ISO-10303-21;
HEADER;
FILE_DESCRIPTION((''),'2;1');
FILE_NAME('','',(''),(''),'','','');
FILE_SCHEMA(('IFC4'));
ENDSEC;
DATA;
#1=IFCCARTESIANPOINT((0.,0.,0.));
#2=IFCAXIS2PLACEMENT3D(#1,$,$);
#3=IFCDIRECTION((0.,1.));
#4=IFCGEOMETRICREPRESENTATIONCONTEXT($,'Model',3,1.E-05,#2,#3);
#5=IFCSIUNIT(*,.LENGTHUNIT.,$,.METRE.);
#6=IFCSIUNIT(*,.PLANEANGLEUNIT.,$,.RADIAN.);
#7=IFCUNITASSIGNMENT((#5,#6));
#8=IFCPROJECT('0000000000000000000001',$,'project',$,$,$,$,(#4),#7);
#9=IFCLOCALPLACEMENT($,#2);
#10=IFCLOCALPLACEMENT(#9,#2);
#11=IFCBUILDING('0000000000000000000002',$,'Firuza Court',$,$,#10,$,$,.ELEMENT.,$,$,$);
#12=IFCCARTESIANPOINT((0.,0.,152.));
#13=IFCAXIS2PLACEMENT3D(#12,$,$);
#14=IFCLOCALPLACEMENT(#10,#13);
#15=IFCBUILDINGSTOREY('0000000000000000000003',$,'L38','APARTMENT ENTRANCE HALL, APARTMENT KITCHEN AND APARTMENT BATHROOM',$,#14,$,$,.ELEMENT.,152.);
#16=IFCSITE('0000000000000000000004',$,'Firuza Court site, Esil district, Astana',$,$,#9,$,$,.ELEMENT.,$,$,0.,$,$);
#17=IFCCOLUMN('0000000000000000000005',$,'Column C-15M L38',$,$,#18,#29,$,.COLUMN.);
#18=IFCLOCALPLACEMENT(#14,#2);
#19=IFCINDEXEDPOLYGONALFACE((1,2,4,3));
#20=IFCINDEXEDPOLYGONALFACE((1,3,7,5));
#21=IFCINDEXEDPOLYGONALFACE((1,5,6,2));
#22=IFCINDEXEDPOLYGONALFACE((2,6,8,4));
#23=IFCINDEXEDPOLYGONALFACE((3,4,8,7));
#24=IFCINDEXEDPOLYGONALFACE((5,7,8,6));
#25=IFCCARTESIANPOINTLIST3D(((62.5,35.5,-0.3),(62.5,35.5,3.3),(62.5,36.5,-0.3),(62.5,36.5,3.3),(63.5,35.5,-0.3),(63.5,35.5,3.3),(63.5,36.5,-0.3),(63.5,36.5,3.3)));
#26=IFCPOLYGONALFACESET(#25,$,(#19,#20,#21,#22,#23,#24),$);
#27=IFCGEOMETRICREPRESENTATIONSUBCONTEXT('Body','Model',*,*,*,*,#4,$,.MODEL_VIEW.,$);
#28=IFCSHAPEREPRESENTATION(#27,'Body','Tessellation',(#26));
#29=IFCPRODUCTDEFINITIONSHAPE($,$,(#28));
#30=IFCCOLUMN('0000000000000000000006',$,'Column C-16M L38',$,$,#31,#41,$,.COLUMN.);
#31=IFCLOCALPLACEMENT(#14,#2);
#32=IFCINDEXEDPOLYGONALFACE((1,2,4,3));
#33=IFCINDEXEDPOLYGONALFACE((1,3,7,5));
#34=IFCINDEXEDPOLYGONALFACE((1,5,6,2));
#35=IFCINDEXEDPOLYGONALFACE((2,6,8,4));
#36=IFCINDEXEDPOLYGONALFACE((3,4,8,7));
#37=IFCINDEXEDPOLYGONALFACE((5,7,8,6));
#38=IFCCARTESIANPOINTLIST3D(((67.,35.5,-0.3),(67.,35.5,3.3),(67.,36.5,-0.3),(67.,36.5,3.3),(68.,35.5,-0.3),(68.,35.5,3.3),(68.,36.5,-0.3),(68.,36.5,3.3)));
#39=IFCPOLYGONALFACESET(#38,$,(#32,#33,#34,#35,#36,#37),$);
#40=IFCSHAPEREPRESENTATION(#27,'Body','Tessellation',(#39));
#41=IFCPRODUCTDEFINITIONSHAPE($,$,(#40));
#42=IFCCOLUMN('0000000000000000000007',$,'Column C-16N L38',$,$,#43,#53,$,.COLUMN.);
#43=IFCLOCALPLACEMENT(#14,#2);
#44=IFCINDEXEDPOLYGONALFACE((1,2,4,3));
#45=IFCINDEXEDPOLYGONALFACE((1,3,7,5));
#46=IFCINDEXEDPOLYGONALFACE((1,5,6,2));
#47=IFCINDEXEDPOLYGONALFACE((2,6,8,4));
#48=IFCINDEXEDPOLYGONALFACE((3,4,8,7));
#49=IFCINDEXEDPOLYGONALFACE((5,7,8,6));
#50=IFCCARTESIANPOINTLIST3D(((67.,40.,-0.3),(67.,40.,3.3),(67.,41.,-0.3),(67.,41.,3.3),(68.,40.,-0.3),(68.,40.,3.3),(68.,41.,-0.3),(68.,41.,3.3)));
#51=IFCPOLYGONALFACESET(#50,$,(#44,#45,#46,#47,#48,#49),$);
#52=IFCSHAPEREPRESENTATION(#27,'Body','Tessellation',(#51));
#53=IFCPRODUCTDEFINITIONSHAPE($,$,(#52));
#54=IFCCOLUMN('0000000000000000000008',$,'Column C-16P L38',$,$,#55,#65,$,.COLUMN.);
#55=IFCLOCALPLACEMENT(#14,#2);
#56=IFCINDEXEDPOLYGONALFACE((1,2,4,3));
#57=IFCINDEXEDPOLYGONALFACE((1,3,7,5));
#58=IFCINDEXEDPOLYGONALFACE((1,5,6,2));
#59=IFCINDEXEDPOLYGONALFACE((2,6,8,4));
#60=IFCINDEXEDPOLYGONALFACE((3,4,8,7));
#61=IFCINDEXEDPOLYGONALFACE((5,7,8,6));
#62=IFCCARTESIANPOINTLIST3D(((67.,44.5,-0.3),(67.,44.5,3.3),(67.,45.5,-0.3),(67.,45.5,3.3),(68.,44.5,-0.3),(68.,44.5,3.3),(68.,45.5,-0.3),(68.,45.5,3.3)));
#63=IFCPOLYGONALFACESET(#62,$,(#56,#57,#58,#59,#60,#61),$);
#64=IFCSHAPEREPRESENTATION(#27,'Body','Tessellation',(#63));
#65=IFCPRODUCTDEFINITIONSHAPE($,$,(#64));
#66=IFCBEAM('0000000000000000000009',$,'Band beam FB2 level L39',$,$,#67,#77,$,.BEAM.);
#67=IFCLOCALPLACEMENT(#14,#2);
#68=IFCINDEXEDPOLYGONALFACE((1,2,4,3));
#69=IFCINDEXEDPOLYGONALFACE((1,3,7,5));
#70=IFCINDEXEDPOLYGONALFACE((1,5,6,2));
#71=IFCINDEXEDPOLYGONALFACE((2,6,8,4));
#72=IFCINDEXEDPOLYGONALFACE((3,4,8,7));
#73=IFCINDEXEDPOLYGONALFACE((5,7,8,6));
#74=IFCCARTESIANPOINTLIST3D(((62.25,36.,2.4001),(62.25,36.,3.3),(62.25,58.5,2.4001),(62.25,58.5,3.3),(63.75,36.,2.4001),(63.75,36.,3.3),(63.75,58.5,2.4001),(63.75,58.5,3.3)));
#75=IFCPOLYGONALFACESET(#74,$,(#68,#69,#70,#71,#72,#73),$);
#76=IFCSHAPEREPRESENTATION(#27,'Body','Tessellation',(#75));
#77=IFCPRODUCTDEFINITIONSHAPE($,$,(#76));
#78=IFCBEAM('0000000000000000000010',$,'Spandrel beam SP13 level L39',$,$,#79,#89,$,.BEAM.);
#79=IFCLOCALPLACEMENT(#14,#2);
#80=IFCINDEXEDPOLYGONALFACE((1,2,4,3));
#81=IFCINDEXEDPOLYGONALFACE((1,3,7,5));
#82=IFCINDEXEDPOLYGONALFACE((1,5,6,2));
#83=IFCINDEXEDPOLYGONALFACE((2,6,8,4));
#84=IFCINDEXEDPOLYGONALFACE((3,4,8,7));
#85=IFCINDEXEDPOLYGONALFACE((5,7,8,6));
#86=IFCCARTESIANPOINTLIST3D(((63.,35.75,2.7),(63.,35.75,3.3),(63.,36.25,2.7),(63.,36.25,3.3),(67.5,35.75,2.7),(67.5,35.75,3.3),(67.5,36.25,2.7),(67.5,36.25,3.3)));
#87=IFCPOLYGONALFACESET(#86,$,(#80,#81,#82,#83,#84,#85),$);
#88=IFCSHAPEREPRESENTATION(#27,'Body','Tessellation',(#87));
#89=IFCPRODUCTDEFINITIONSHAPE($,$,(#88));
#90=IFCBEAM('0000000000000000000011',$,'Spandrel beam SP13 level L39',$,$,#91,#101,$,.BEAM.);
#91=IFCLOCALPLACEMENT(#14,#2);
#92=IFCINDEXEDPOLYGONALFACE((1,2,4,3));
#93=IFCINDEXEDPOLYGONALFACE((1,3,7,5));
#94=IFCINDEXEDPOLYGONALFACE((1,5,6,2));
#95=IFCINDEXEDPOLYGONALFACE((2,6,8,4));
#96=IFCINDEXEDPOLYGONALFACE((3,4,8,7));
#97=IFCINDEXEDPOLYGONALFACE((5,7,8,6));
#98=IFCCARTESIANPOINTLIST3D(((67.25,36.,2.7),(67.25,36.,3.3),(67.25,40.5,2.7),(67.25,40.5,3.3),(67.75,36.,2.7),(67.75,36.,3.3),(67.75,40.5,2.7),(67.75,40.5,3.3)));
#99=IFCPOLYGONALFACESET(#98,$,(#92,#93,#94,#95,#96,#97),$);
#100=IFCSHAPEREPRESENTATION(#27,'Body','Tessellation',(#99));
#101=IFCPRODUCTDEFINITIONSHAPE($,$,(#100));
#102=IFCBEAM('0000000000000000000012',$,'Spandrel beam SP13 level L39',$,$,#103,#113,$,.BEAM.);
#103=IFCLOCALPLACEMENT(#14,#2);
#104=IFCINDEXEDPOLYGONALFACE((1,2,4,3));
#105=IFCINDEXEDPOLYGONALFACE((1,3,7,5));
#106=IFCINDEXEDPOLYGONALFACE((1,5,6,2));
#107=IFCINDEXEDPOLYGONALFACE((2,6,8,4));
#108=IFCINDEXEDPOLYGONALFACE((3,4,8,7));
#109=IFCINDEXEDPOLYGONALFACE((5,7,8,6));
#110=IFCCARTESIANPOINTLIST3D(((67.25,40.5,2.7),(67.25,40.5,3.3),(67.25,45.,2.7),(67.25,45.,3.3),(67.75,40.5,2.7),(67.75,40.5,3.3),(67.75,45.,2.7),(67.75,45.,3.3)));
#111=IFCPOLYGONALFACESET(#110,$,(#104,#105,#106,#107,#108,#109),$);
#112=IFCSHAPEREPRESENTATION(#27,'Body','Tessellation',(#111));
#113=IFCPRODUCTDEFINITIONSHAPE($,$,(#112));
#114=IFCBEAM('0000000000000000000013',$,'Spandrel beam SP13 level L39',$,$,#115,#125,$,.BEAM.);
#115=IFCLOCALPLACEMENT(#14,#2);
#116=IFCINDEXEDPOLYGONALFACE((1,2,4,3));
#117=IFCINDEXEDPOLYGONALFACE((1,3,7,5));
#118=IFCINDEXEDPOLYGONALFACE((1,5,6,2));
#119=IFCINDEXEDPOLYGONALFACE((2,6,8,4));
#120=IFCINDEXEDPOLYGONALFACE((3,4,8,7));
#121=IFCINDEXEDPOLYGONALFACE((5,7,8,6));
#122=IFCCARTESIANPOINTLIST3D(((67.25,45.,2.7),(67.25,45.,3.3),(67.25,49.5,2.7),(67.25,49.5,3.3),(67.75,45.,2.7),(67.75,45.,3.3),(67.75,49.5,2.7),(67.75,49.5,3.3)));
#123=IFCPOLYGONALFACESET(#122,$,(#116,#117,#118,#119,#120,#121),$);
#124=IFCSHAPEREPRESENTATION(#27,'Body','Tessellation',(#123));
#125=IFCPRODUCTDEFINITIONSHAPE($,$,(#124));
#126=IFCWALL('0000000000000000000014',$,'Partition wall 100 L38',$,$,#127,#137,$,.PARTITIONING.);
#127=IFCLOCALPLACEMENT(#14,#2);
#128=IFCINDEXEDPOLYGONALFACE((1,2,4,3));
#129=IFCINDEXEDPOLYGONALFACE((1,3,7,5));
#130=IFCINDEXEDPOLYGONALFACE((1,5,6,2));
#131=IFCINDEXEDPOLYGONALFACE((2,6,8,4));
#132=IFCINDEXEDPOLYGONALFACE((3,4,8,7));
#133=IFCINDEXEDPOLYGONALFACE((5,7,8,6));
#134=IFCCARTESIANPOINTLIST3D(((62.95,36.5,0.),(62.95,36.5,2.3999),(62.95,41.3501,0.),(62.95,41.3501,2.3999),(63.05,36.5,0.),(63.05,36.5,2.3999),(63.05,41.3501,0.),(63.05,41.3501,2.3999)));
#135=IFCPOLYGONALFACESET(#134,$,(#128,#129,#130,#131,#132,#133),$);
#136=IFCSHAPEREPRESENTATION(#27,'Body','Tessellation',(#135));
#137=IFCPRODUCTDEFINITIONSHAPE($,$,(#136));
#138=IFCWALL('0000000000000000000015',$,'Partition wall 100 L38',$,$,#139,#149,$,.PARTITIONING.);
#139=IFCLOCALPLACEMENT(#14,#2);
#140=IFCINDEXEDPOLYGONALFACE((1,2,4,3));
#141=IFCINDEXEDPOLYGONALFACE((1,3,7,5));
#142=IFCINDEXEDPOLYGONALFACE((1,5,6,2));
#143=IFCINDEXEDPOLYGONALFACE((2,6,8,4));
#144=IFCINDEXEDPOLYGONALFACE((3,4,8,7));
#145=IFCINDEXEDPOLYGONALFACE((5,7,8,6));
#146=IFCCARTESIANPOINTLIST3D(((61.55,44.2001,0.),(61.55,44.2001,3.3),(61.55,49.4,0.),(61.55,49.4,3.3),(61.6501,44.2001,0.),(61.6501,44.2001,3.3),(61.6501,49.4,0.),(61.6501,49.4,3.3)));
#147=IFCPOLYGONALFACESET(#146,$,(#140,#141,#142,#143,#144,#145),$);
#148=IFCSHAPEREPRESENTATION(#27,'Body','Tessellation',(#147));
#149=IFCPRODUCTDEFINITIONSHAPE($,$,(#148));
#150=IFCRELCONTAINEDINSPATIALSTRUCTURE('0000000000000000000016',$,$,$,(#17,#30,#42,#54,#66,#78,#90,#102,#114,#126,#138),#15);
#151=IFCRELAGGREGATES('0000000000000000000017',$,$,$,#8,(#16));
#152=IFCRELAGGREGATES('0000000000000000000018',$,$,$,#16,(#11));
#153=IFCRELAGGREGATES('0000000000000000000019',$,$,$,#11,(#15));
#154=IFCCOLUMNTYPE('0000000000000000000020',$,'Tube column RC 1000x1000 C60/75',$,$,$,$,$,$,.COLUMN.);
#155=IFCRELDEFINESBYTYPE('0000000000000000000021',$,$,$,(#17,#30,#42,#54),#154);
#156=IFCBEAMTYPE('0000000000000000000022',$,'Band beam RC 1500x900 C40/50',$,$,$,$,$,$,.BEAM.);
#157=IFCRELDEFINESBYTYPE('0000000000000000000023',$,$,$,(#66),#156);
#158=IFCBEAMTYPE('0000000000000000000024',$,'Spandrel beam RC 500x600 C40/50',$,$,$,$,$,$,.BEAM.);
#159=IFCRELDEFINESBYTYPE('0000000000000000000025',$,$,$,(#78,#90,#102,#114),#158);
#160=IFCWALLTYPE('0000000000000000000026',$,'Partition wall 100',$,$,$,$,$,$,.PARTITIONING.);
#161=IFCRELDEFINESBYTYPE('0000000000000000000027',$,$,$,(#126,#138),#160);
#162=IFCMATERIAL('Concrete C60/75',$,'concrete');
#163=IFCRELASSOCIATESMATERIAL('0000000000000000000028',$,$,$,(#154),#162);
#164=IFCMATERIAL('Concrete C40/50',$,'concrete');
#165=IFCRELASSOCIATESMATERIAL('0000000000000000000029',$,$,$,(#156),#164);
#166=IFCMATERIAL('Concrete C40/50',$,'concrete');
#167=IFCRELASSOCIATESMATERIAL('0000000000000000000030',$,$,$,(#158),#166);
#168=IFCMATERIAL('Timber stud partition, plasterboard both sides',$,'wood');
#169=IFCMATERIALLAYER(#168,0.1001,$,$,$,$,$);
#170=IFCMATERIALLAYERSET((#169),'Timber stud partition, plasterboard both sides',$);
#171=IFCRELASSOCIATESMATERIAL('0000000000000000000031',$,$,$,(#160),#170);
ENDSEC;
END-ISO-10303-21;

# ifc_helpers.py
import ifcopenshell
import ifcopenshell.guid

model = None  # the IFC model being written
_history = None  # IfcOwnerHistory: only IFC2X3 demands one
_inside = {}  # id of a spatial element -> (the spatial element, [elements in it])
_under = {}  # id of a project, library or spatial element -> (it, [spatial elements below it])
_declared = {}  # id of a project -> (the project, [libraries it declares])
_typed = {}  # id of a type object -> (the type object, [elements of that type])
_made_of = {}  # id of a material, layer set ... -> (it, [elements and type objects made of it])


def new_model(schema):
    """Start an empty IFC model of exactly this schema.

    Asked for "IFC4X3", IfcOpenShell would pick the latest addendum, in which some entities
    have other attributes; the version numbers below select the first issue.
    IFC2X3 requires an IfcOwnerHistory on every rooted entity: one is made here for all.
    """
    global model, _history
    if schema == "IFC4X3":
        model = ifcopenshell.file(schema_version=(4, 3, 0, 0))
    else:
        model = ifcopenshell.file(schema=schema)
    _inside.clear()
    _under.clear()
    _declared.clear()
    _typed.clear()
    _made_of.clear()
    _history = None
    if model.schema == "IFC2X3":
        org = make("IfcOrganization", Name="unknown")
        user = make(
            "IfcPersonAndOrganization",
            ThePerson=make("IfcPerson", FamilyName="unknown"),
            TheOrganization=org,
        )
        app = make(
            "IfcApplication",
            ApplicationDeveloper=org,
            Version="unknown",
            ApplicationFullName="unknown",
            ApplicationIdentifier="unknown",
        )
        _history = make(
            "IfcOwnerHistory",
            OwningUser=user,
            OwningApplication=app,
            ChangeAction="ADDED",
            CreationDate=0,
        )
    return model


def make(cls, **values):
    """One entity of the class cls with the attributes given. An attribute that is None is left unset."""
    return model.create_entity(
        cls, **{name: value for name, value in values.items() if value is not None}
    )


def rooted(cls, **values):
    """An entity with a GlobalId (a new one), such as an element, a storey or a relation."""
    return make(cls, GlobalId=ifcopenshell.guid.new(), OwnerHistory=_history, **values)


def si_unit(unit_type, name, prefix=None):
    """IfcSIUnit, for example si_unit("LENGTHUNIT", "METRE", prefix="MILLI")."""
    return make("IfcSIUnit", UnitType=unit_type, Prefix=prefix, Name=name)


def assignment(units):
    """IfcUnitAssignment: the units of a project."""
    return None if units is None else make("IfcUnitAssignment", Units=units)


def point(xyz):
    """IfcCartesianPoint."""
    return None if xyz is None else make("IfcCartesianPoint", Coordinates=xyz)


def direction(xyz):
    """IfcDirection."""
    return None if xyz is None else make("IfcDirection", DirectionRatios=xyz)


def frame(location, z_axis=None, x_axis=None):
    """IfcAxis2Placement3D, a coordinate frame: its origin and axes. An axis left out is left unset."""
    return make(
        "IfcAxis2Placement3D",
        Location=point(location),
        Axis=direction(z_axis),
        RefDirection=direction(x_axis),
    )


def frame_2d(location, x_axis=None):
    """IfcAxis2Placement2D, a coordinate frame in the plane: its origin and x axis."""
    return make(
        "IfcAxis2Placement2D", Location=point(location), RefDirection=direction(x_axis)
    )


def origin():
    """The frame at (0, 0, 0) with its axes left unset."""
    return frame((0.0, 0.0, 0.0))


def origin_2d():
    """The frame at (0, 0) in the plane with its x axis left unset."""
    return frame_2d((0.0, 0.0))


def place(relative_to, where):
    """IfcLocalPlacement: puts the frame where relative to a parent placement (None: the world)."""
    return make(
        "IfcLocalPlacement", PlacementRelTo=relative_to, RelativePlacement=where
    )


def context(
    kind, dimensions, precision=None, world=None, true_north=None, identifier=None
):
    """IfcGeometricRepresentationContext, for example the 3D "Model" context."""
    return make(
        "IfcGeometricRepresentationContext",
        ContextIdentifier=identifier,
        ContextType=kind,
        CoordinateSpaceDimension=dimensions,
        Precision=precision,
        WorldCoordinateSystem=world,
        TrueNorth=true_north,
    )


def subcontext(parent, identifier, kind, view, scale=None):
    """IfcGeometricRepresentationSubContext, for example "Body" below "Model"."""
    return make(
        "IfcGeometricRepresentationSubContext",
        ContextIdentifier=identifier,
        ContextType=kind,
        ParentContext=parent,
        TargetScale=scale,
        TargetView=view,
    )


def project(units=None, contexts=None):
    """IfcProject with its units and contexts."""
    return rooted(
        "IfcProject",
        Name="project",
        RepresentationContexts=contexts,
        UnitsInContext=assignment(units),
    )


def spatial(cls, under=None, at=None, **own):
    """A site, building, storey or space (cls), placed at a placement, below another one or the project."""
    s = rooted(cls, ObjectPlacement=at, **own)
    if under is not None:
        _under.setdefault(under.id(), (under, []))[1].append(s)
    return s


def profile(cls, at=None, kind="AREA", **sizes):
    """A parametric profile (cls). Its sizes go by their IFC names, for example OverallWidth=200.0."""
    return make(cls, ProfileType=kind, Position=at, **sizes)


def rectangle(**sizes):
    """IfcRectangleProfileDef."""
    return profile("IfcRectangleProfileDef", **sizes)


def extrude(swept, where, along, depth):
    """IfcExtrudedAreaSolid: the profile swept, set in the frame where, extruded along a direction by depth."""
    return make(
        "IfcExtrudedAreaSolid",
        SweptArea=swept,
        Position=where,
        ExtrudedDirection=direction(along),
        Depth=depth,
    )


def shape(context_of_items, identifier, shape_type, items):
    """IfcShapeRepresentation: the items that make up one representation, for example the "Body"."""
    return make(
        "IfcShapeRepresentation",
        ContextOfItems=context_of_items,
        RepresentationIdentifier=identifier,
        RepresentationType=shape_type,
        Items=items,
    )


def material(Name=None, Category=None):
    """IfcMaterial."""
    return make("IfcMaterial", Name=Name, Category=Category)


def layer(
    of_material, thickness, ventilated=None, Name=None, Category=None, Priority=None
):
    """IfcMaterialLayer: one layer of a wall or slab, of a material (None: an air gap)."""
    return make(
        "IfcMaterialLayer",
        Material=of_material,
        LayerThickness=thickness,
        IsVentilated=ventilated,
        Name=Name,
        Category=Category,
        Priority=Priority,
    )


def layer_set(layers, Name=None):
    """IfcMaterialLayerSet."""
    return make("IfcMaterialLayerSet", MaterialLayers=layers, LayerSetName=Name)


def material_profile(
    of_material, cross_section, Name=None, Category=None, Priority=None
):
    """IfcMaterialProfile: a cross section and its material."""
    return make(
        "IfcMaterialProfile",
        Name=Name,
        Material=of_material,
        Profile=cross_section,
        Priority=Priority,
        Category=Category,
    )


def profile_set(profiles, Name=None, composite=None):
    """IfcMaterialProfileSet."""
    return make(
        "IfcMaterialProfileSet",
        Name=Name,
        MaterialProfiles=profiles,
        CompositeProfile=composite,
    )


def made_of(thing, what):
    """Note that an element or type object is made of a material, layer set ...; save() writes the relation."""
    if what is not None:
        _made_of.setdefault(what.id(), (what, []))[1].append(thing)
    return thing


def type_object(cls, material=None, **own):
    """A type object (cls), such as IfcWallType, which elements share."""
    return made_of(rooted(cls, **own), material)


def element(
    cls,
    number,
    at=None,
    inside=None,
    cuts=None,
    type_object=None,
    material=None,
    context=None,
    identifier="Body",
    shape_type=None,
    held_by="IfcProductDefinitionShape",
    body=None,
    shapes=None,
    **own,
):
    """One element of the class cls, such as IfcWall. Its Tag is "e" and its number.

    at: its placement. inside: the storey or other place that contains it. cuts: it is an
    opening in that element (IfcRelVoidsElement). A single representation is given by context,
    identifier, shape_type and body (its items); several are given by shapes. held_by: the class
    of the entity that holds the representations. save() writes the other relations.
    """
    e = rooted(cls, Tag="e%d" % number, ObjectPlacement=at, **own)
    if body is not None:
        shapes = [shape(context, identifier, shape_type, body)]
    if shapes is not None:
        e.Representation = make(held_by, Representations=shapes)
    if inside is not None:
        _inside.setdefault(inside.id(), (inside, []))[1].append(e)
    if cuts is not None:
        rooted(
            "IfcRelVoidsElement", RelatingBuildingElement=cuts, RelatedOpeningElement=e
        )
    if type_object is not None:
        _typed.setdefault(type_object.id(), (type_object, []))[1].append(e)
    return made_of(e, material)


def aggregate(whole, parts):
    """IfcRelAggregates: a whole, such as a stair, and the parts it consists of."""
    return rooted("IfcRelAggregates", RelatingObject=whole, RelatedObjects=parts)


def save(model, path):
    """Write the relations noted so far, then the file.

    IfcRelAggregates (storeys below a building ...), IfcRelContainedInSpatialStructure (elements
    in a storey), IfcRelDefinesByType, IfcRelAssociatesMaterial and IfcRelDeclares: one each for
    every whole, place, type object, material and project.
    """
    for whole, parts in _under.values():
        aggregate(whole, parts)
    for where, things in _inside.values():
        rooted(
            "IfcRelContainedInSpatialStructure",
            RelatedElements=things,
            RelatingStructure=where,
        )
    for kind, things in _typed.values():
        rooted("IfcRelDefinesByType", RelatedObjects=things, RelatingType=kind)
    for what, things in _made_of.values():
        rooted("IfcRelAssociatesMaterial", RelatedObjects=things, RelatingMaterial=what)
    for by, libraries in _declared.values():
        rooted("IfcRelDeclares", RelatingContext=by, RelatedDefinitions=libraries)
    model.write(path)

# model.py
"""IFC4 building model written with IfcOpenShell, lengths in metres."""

from ifc_helpers import new_model, si_unit, direction, frame, frame_2d, origin, origin_2d, place, context, subcontext, project, spatial, rectangle, extrude, material, layer, layer_set, material_profile, profile_set, type_object, element, save


model = new_model("IFC4")

# Units and contexts
model_context = context("Model", 3, precision=1e-05, world=origin(), true_north=direction((0.0, 1.0)))
body_context = subcontext(model_context, "Body", "Model", "MODEL_VIEW")
ifc_project = project(units=[si_unit("LENGTHUNIT", "METRE"), si_unit("PLANEANGLEUNIT", "RADIAN")], contexts=[model_context])

# Site, building, storey
site_placement = place(None, origin())
site = spatial("IfcSite", under=ifc_project, at=site_placement, Name="Firuza Court site, Esil district, Astana", CompositionType="ELEMENT", RefElevation=0.0)
building_placement = place(site_placement, origin())
building = spatial("IfcBuilding", under=site, at=building_placement, Name="Firuza Court", CompositionType="ELEMENT")
storey_placement = place(building_placement, frame((0.0, 0.0, 152.0)))
storey = spatial("IfcBuildingStorey", under=building, at=storey_placement, Name="L38", Description="APARTMENT ENTRANCE HALL, APARTMENT KITCHEN AND APARTMENT BATHROOM", CompositionType="ELEMENT", Elevation=152.0)

# Columns
ifc_material_1 = material(Name="Concrete C60/75", Category="concrete")
ifc_material_profile_1 = material_profile(ifc_material_1, rectangle(XDim=1.0, YDim=1.0, at=origin_2d()), Name="RC 1000x1000")
ifc_profile_set_1 = profile_set([ifc_material_profile_1], Name="Concrete C60/75")
column_type = type_object("IfcColumnType", Name="Tube column RC 1000x1000 C60/75", PredefinedType="COLUMN", material=ifc_profile_set_1)
for number, where, z_axis, x_axis, name in (
    (1, (63.0, 36.0, -0.3), (0.0, 0.0, 1.0), (1.0, 0.0, 0.0), "Column C-15M L38"),
    (2, (67.5, 36.0, -0.3), (0.0, 0.0, 1.0), (1.0, 0.0, 0.0), "Column C-16M L38"),
    (3, (67.5, 40.5, -0.3), (0.0, 0.0, 1.0), (1.0, 0.0, 0.0), "Column C-16N L38"),
    (4, (67.5, 45.0, -0.3), (0.0, 0.0, 1.0), (1.0, 0.0, 0.0), "Column C-16P L38"),
):
    element("IfcColumn", number, at=place(storey_placement, frame(where, z_axis=z_axis, x_axis=x_axis)), inside=storey, type_object=column_type, Name=name, PredefinedType="COLUMN", context=body_context, shape_type="SweptSolid", body=[
        extrude(rectangle(XDim=1.0, YDim=1.0, at=origin_2d()), origin(), (0.0, 0.0, 1.0), 3.6001),
    ])

# Beams
ifc_material_2 = material(Name="Concrete C40/50", Category="concrete")
ifc_material_profile_2 = material_profile(ifc_material_2, rectangle(XDim=1.5, YDim=0.8999, at=origin_2d()), Name="RC 1500x900")
ifc_profile_set_2 = profile_set([ifc_material_profile_2], Name="Concrete C40/50")
beam_type_1 = type_object("IfcBeamType", Name="Band beam RC 1500x900 C40/50", PredefinedType="BEAM", material=ifc_profile_set_2)
beam_placement = place(storey_placement, frame((63.0, 36.0, 2.8501), z_axis=(0.0, 1.0, 0.0), x_axis=(-1.0, 0.0, 0.0)))
element("IfcBeam", 5, at=beam_placement, inside=storey, type_object=beam_type_1, Name="Band beam FB2 level L39", PredefinedType="BEAM", context=body_context, shape_type="SweptSolid", body=[
    extrude(rectangle(XDim=1.5, YDim=0.8999, at=origin_2d()), origin(), (0.0, 0.0, 1.0), 22.5),
])
ifc_material_3 = material(Name="Concrete C40/50", Category="concrete")
ifc_material_profile_3 = material_profile(ifc_material_3, rectangle(XDim=0.5, YDim=0.6001, at=origin_2d()), Name="RC 500x600")
ifc_profile_set_3 = profile_set([ifc_material_profile_3], Name="Concrete C40/50")
beam_type_2 = type_object("IfcBeamType", Name="Spandrel beam RC 500x600 C40/50", PredefinedType="BEAM", material=ifc_profile_set_3)
for number, where, z_axis, x_axis, name in (
    (6, (63.0, 36.0, 3.0), (1.0, 0.0, 0.0), (0.0, 1.0, 0.0), "Spandrel beam SP13 level L39"),
    (7, (67.5, 36.0, 3.0), (0.0, 1.0, 0.0), (-1.0, 0.0, 0.0), "Spandrel beam SP13 level L39"),
    (8, (67.5, 40.5, 3.0), (0.0, 1.0, 0.0), (-1.0, 0.0, 0.0), "Spandrel beam SP13 level L39"),
    (9, (67.5, 45.0, 3.0), (0.0, 1.0, 0.0), (-1.0, 0.0, 0.0), "Spandrel beam SP13 level L39"),
):
    element("IfcBeam", number, at=place(storey_placement, frame(where, z_axis=z_axis, x_axis=x_axis)), inside=storey, type_object=beam_type_2, Name=name, PredefinedType="BEAM", context=body_context, shape_type="SweptSolid", body=[
        extrude(rectangle(XDim=0.5, YDim=0.6001, at=origin_2d()), origin(), (0.0, 0.0, 1.0), 4.5),
    ])

# Walls
ifc_material_4 = material(Name="Timber stud partition, plasterboard both sides", Category="wood")
ifc_layer_1 = layer(ifc_material_4, 0.1001)
ifc_layer_set_1 = layer_set([ifc_layer_1], Name="Timber stud partition, plasterboard both sides")
wall_type_1 = type_object("IfcWallType", Name="Partition wall 100", PredefinedType="PARTITIONING", material=ifc_layer_set_1)
wall_1_placement = place(storey_placement, frame((63.0, 36.5, 0.0), z_axis=(0.0, 0.0, 1.0), x_axis=(0.0, 1.0, 0.0)))
element("IfcWall", 10, at=wall_1_placement, inside=storey, type_object=wall_type_1, Name="Partition wall 100 L38", PredefinedType="PARTITIONING", context=body_context, shape_type="SweptSolid", body=[
    extrude(rectangle(XDim=4.8501, YDim=0.1001, at=frame_2d((2.425, 0.0))), origin(), (0.0, 0.0, 1.0), 2.3999),
])
wall_2_placement = place(storey_placement, frame((61.6001, 44.2, 0.0), z_axis=(0.0, 0.0, 1.0), x_axis=(0.0, 1.0, 0.0)))
element("IfcWall", 11, at=wall_2_placement, inside=storey, type_object=wall_type_1, Name="Partition wall 100 L38", PredefinedType="PARTITIONING", context=body_context, shape_type="SweptSolid", body=[
    extrude(rectangle(XDim=5.2, YDim=0.1001, at=frame_2d((2.6001, 0.0))), origin(), (0.0, 0.0, 1.0), 3.3),
])

save(model, "model.ifc")
